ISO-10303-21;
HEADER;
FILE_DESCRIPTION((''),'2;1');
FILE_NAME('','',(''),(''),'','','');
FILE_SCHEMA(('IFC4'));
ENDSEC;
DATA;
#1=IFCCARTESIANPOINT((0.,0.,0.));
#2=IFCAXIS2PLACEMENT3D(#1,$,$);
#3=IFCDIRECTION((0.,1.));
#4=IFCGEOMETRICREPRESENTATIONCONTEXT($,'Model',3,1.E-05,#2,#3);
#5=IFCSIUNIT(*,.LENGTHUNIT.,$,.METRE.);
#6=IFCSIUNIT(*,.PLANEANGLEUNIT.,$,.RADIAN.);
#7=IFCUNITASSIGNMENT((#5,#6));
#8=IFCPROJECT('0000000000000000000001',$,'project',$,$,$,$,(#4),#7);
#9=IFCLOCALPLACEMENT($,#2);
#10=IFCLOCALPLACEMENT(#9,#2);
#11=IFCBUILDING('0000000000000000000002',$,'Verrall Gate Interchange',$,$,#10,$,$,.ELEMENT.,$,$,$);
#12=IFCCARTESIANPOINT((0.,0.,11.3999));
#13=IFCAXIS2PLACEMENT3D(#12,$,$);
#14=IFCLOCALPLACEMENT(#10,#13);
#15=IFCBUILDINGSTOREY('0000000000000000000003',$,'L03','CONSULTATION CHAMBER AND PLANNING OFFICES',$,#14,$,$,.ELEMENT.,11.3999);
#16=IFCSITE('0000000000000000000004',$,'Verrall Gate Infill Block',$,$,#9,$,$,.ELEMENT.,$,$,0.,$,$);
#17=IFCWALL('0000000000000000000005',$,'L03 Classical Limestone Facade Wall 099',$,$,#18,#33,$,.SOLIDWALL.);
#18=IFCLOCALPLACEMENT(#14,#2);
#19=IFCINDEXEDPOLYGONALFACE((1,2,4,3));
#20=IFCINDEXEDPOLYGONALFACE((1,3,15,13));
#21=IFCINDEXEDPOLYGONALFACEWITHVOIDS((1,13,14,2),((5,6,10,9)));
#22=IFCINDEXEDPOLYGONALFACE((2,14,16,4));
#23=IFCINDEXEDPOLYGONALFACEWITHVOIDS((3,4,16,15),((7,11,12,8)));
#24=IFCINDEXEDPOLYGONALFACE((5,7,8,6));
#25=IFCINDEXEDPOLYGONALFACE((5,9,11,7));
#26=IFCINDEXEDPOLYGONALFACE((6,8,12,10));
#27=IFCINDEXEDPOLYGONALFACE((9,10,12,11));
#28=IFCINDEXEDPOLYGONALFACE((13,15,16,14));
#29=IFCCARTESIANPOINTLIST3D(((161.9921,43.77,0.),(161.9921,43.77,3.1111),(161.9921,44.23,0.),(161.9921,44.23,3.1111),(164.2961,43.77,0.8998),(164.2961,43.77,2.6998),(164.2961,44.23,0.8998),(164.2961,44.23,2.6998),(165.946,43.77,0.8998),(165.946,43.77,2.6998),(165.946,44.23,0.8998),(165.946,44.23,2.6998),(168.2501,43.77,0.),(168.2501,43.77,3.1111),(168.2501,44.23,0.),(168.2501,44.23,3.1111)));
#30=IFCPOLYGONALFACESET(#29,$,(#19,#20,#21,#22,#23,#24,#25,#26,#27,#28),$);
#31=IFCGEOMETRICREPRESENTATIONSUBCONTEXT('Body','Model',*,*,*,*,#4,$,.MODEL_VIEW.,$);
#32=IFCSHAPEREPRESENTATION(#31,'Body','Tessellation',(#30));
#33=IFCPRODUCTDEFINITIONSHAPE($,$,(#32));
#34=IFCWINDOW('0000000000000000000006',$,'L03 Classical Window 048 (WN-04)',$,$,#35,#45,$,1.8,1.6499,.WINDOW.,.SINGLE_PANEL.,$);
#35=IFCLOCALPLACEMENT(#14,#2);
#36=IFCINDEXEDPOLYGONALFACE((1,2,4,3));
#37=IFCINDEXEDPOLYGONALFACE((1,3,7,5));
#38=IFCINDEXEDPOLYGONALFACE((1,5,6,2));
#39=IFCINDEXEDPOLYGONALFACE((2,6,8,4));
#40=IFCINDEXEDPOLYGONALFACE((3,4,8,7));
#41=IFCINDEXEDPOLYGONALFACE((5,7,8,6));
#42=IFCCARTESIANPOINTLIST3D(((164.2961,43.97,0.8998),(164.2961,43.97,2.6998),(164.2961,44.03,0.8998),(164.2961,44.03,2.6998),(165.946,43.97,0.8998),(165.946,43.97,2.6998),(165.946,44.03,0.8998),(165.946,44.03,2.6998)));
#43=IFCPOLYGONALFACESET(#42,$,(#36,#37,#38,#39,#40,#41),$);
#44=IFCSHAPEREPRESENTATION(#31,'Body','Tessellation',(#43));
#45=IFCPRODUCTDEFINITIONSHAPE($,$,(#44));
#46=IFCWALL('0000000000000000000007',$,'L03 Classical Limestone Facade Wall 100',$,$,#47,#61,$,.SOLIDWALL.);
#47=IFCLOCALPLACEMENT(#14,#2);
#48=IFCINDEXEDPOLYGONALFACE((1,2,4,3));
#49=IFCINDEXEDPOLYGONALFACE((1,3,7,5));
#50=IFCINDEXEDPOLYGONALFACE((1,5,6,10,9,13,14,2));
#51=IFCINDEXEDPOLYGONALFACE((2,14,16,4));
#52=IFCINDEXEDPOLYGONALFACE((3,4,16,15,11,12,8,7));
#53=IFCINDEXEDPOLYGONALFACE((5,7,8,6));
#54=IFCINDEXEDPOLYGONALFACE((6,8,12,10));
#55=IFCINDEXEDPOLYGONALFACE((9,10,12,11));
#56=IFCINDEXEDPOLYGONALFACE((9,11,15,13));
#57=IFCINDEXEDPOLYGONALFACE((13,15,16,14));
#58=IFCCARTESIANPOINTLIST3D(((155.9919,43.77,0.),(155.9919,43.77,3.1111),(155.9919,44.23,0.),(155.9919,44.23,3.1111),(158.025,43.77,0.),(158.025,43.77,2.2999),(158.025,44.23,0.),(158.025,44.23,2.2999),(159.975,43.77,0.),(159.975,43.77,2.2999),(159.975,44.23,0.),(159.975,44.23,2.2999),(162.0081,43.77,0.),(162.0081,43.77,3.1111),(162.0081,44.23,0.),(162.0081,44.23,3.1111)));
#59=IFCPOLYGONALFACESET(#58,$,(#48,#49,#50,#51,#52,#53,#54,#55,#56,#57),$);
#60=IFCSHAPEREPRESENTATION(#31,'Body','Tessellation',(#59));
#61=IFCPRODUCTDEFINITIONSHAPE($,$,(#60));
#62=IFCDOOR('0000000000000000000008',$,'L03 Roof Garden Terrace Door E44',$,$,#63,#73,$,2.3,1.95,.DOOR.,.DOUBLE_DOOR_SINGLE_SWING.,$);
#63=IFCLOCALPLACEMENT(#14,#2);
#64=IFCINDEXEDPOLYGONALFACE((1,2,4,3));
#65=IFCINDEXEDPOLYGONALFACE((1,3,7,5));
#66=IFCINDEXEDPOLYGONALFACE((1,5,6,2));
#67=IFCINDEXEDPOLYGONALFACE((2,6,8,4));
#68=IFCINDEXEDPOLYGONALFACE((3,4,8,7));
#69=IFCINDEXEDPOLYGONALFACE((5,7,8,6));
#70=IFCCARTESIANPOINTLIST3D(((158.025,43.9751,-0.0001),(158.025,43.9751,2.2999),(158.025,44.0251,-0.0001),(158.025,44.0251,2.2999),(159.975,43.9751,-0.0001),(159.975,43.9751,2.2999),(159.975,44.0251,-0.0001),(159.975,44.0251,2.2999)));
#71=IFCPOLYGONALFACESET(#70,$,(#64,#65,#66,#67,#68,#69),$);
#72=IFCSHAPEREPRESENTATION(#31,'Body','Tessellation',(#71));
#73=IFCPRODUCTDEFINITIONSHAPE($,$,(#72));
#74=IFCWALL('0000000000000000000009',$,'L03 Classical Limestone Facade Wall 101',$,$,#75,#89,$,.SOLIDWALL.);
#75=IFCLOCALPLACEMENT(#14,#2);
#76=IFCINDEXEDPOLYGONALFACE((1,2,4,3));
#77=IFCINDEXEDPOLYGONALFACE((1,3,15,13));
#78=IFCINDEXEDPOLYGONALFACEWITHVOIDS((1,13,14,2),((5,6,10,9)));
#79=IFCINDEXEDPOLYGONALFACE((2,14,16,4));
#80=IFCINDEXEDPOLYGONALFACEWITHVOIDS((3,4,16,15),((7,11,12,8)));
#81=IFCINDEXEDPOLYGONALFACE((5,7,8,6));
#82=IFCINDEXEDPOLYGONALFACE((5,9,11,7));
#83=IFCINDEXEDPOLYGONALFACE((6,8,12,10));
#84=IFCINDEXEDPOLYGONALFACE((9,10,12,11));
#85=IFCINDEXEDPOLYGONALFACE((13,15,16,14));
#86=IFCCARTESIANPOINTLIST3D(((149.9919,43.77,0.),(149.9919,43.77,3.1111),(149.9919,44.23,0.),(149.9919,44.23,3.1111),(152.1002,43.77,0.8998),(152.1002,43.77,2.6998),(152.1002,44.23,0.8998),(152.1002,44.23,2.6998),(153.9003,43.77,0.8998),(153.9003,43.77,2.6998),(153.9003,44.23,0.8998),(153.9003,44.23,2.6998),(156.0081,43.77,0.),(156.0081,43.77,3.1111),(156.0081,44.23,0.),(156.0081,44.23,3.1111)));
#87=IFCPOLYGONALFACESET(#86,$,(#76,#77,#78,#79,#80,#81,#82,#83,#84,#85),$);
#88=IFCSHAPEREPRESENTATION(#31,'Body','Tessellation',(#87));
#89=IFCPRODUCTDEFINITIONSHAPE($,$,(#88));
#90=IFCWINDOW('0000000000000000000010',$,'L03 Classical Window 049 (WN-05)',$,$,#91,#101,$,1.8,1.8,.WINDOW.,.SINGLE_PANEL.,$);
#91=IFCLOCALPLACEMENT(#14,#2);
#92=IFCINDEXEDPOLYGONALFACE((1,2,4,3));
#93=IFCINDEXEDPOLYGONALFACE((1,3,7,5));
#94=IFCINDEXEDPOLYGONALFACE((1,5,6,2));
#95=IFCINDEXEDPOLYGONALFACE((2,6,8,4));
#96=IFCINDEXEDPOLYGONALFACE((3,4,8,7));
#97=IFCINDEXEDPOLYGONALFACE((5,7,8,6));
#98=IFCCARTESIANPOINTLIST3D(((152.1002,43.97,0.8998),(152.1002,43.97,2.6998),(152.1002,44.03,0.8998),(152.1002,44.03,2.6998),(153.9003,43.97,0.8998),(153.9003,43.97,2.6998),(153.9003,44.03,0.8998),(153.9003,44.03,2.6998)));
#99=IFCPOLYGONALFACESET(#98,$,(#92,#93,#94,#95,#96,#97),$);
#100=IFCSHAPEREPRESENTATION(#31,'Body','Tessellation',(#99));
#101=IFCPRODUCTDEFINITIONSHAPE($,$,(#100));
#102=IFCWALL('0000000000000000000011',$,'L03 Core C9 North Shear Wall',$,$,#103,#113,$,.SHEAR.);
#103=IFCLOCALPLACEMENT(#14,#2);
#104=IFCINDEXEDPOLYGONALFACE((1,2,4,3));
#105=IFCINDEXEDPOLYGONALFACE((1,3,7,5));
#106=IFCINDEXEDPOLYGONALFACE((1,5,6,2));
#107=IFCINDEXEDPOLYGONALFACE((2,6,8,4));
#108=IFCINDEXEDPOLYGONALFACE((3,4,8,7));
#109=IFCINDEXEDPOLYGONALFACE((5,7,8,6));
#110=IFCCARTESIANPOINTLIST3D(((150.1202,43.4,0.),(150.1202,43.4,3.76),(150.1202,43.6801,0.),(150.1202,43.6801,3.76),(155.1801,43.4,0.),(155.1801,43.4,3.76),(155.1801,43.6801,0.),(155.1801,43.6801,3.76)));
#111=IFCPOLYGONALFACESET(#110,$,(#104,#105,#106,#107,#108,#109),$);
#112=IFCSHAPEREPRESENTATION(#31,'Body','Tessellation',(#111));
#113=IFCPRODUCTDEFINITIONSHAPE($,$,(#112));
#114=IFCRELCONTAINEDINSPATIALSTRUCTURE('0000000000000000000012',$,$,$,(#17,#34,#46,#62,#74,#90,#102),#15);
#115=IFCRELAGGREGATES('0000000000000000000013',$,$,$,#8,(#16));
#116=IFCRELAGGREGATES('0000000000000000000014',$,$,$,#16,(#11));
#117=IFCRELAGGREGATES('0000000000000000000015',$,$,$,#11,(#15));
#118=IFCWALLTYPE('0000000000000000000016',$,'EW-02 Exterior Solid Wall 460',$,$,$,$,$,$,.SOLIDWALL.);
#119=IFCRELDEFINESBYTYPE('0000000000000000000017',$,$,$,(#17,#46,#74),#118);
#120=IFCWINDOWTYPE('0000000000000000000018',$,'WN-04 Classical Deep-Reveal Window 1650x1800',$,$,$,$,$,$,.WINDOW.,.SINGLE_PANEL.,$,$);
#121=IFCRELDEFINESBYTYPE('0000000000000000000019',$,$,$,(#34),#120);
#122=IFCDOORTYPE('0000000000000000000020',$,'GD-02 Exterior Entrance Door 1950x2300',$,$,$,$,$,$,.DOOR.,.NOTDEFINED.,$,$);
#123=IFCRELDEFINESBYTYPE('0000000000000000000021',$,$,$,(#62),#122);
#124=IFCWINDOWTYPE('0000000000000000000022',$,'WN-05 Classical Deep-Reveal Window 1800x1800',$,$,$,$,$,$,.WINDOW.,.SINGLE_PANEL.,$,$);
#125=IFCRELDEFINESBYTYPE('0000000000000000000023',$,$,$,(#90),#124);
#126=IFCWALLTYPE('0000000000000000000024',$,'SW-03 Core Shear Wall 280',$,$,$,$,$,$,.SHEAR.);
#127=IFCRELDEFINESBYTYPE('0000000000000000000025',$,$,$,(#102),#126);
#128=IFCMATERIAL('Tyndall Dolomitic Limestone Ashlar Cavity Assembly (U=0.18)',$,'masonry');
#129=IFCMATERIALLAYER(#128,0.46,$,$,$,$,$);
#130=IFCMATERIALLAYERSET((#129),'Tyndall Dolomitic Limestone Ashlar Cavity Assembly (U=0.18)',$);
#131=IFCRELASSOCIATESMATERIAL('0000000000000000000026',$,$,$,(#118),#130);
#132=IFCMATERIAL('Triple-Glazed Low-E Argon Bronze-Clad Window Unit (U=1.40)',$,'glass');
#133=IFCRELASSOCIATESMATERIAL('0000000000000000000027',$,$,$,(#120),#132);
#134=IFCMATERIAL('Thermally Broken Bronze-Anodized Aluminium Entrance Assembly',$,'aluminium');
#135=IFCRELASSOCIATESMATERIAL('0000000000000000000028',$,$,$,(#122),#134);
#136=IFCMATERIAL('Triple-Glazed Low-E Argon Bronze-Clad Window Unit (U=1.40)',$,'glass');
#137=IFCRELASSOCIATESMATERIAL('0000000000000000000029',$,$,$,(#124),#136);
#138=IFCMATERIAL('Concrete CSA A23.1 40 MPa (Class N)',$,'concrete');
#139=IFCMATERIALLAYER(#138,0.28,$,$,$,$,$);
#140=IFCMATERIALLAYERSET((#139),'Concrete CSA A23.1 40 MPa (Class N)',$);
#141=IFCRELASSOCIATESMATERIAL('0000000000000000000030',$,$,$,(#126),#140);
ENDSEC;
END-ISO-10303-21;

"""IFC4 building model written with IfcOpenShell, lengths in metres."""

from ifc_helpers import new_model, si_unit, direction, frame, frame_2d, origin, place, context, subcontext, project, spatial, rectangle, extrude, material, layer, layer_set, type_object, element, fill, save


model = new_model("IFC4")

# Units and contexts
model_context = context("Model", 3, precision=1e-05, world=origin(), true_north=direction((0.0, 1.0)))
body_context = subcontext(model_context, "Body", "Model", "MODEL_VIEW")
ifc_project = project(units=[si_unit("LENGTHUNIT", "METRE"), si_unit("PLANEANGLEUNIT", "RADIAN")], contexts=[model_context])

# Site, building, storey
site_placement = place(None, origin())
site = spatial("IfcSite", under=ifc_project, at=site_placement, Name="Verrall Gate Infill Block", CompositionType="ELEMENT", RefElevation=0.0)
building_placement = place(site_placement, origin())
building = spatial("IfcBuilding", under=site, at=building_placement, Name="Verrall Gate Interchange", CompositionType="ELEMENT")
storey_placement = place(building_placement, frame((0.0, 0.0, 11.3999)))
storey = spatial("IfcBuildingStorey", under=building, at=storey_placement, Name="L03", Description="CONSULTATION CHAMBER AND PLANNING OFFICES", CompositionType="ELEMENT", Elevation=11.3999)

# Wall, opening, window
ifc_material_1 = material(Name="Tyndall Dolomitic Limestone Ashlar Cavity Assembly (U=0.18)", Category="masonry")
ifc_layer_1 = layer(ifc_material_1, 0.46)
ifc_layer_set_1 = layer_set([ifc_layer_1], Name="Tyndall Dolomitic Limestone Ashlar Cavity Assembly (U=0.18)")
wall_type_1 = type_object("IfcWallType", Name="EW-02 Exterior Solid Wall 460", PredefinedType="SOLIDWALL", material=ifc_layer_set_1)
wall_1_placement = place(storey_placement, frame((168.25, 44.0, 0.0), z_axis=(0.0, 0.0, 1.0), x_axis=(-1.0, 0.0, 0.0)))
wall_1 = element("IfcWall", 1, at=wall_1_placement, inside=storey, type_object=wall_type_1, Name="L03 Classical Limestone Facade Wall 099", PredefinedType="SOLIDWALL", context=body_context, shape_type="SweptSolid", body=[
    extrude(rectangle(XDim=6.2581, YDim=0.46, at=frame_2d((3.1289, 0.0))), origin(), (0.0, 0.0, 1.0), 3.1111),
])
opening_1_placement = place(wall_1_placement, frame((2.304, 0.0, 0.8999)))
opening_1 = element("IfcOpeningElement", 2, at=opening_1_placement, cuts=wall_1, PredefinedType="OPENING", context=body_context, shape_type="SweptSolid", body=[
    extrude(rectangle(XDim=1.6499, YDim=1.8, at=frame_2d((0.825, 0.8999))), frame((0.0, 0.2449, 0.0), z_axis=(0.0, -1.0, 0.0), x_axis=(1.0, 0.0, 0.0)), (0.0, 0.0, 1.0), 0.4897),
])
ifc_material_2 = material(Name="Triple-Glazed Low-E Argon Bronze-Clad Window Unit (U=1.40)", Category="glass")
window_type_1 = type_object("IfcWindowType", Name="WN-04 Classical Deep-Reveal Window 1650x1800", PartitioningType="SINGLE_PANEL", PredefinedType="WINDOW", material=ifc_material_2)
window_1_placement = place(opening_1_placement, origin())
window_1 = element("IfcWindow", 3, at=window_1_placement, inside=storey, type_object=window_type_1, Name="L03 Classical Window 048 (WN-04)", OverallHeight=1.8, OverallWidth=1.6499, PartitioningType="SINGLE_PANEL", PredefinedType="WINDOW", context=body_context, shape_type="SweptSolid", body=[
    extrude(rectangle(XDim=1.6499, YDim=1.8, at=frame_2d((0.825, 0.8999))), frame((0.0, 0.03, 0.0), z_axis=(0.0, -1.0, 0.0), x_axis=(1.0, 0.0, 0.0)), (0.0, 0.0, 1.0), 0.0601),
])
fill(opening_1, window_1)

# Wall, opening, door
wall_2_placement = place(storey_placement, frame((162.0081, 44.0, 0.0), z_axis=(0.0, 0.0, 1.0), x_axis=(-1.0, 0.0, 0.0)))
wall_2 = element("IfcWall", 4, at=wall_2_placement, inside=storey, type_object=wall_type_1, Name="L03 Classical Limestone Facade Wall 100", PredefinedType="SOLIDWALL", context=body_context, shape_type="SweptSolid", body=[
    extrude(rectangle(XDim=6.0161, YDim=0.46, at=frame_2d((3.0081, 0.0))), origin(), (0.0, 0.0, 1.0), 3.1111),
])
opening_2_placement = place(wall_2_placement, frame((2.033, 0.0, 0.0)))
opening_2 = element("IfcOpeningElement", 5, at=opening_2_placement, cuts=wall_2, PredefinedType="OPENING", context=body_context, shape_type="SweptSolid", body=[
    extrude(rectangle(XDim=1.95, YDim=2.3, at=frame_2d((0.9751, 1.1499))), frame((0.0, 0.2449, 0.0), z_axis=(0.0, -1.0, 0.0), x_axis=(1.0, 0.0, 0.0)), (0.0, 0.0, 1.0), 0.4897),
])
ifc_material_3 = material(Name="Thermally Broken Bronze-Anodized Aluminium Entrance Assembly", Category="aluminium")
door_type = type_object("IfcDoorType", Name="GD-02 Exterior Entrance Door 1950x2300", OperationType="NOTDEFINED", PredefinedType="DOOR", material=ifc_material_3)
door_placement = place(opening_2_placement, origin())
door = element("IfcDoor", 6, at=door_placement, inside=storey, type_object=door_type, Name="L03 Roof Garden Terrace Door E44", OperationType="DOUBLE_DOOR_SINGLE_SWING", OverallHeight=2.3, OverallWidth=1.95, PredefinedType="DOOR", context=body_context, shape_type="SweptSolid", body=[
    extrude(rectangle(XDim=1.95, YDim=2.3, at=frame_2d((0.9751, 1.1499))), frame((0.0, 0.0249, 0.0), z_axis=(0.0, -1.0, 0.0), x_axis=(1.0, 0.0, 0.0)), (0.0, 0.0, 1.0), 0.05),
])
fill(opening_2, door)

# Wall, opening, window
wall_3_placement = place(storey_placement, frame((156.0081, 44.0, 0.0), z_axis=(0.0, 0.0, 1.0), x_axis=(-1.0, 0.0, 0.0)))
wall_3 = element("IfcWall", 7, at=wall_3_placement, inside=storey, type_object=wall_type_1, Name="L03 Classical Limestone Facade Wall 101", PredefinedType="SOLIDWALL", context=body_context, shape_type="SweptSolid", body=[
    extrude(rectangle(XDim=6.0161, YDim=0.46, at=frame_2d((3.0081, 0.0))), origin(), (0.0, 0.0, 1.0), 3.1111),
])
opening_3_placement = place(wall_3_placement, frame((2.1079, 0.0, 0.8999)))
opening_3 = element("IfcOpeningElement", 8, at=opening_3_placement, cuts=wall_3, PredefinedType="OPENING", context=body_context, shape_type="SweptSolid", body=[
    extrude(rectangle(XDim=1.8, YDim=1.8, at=frame_2d((0.8999, 0.8999))), frame((0.0, 0.2449, 0.0), z_axis=(0.0, -1.0, 0.0), x_axis=(1.0, 0.0, 0.0)), (0.0, 0.0, 1.0), 0.4897),
])
ifc_material_4 = material(Name="Triple-Glazed Low-E Argon Bronze-Clad Window Unit (U=1.40)", Category="glass")
window_type_2 = type_object("IfcWindowType", Name="WN-05 Classical Deep-Reveal Window 1800x1800", PartitioningType="SINGLE_PANEL", PredefinedType="WINDOW", material=ifc_material_4)
window_2_placement = place(opening_3_placement, origin())
window_2 = element("IfcWindow", 9, at=window_2_placement, inside=storey, type_object=window_type_2, Name="L03 Classical Window 049 (WN-05)", OverallHeight=1.8, OverallWidth=1.8, PartitioningType="SINGLE_PANEL", PredefinedType="WINDOW", context=body_context, shape_type="SweptSolid", body=[
    extrude(rectangle(XDim=1.8, YDim=1.8, at=frame_2d((0.8999, 0.8999))), frame((0.0, 0.03, 0.0), z_axis=(0.0, -1.0, 0.0), x_axis=(1.0, 0.0, 0.0)), (0.0, 0.0, 1.0), 0.0601),
])
fill(opening_3, window_2)

# Wall
ifc_material_5 = material(Name="Concrete CSA A23.1 40 MPa (Class N)", Category="concrete")
ifc_layer_2 = layer(ifc_material_5, 0.28)
ifc_layer_set_2 = layer_set([ifc_layer_2], Name="Concrete CSA A23.1 40 MPa (Class N)")
wall_type_2 = type_object("IfcWallType", Name="SW-03 Core Shear Wall 280", PredefinedType="SHEAR", material=ifc_layer_set_2)
wall_4_placement = place(storey_placement, frame((155.1799, 43.54, 0.0), z_axis=(0.0, 0.0, 1.0), x_axis=(-1.0, 0.0, 0.0)))
element("IfcWall", 10, at=wall_4_placement, inside=storey, type_object=wall_type_2, Name="L03 Core C9 North Shear Wall", PredefinedType="SHEAR", context=body_context, shape_type="SweptSolid", body=[
    extrude(rectangle(XDim=5.0598, YDim=0.28, at=frame_2d((2.5298, 0.0))), origin(), (0.0, 0.0, 1.0), 3.76),
])

save(model, "model.ifc")
